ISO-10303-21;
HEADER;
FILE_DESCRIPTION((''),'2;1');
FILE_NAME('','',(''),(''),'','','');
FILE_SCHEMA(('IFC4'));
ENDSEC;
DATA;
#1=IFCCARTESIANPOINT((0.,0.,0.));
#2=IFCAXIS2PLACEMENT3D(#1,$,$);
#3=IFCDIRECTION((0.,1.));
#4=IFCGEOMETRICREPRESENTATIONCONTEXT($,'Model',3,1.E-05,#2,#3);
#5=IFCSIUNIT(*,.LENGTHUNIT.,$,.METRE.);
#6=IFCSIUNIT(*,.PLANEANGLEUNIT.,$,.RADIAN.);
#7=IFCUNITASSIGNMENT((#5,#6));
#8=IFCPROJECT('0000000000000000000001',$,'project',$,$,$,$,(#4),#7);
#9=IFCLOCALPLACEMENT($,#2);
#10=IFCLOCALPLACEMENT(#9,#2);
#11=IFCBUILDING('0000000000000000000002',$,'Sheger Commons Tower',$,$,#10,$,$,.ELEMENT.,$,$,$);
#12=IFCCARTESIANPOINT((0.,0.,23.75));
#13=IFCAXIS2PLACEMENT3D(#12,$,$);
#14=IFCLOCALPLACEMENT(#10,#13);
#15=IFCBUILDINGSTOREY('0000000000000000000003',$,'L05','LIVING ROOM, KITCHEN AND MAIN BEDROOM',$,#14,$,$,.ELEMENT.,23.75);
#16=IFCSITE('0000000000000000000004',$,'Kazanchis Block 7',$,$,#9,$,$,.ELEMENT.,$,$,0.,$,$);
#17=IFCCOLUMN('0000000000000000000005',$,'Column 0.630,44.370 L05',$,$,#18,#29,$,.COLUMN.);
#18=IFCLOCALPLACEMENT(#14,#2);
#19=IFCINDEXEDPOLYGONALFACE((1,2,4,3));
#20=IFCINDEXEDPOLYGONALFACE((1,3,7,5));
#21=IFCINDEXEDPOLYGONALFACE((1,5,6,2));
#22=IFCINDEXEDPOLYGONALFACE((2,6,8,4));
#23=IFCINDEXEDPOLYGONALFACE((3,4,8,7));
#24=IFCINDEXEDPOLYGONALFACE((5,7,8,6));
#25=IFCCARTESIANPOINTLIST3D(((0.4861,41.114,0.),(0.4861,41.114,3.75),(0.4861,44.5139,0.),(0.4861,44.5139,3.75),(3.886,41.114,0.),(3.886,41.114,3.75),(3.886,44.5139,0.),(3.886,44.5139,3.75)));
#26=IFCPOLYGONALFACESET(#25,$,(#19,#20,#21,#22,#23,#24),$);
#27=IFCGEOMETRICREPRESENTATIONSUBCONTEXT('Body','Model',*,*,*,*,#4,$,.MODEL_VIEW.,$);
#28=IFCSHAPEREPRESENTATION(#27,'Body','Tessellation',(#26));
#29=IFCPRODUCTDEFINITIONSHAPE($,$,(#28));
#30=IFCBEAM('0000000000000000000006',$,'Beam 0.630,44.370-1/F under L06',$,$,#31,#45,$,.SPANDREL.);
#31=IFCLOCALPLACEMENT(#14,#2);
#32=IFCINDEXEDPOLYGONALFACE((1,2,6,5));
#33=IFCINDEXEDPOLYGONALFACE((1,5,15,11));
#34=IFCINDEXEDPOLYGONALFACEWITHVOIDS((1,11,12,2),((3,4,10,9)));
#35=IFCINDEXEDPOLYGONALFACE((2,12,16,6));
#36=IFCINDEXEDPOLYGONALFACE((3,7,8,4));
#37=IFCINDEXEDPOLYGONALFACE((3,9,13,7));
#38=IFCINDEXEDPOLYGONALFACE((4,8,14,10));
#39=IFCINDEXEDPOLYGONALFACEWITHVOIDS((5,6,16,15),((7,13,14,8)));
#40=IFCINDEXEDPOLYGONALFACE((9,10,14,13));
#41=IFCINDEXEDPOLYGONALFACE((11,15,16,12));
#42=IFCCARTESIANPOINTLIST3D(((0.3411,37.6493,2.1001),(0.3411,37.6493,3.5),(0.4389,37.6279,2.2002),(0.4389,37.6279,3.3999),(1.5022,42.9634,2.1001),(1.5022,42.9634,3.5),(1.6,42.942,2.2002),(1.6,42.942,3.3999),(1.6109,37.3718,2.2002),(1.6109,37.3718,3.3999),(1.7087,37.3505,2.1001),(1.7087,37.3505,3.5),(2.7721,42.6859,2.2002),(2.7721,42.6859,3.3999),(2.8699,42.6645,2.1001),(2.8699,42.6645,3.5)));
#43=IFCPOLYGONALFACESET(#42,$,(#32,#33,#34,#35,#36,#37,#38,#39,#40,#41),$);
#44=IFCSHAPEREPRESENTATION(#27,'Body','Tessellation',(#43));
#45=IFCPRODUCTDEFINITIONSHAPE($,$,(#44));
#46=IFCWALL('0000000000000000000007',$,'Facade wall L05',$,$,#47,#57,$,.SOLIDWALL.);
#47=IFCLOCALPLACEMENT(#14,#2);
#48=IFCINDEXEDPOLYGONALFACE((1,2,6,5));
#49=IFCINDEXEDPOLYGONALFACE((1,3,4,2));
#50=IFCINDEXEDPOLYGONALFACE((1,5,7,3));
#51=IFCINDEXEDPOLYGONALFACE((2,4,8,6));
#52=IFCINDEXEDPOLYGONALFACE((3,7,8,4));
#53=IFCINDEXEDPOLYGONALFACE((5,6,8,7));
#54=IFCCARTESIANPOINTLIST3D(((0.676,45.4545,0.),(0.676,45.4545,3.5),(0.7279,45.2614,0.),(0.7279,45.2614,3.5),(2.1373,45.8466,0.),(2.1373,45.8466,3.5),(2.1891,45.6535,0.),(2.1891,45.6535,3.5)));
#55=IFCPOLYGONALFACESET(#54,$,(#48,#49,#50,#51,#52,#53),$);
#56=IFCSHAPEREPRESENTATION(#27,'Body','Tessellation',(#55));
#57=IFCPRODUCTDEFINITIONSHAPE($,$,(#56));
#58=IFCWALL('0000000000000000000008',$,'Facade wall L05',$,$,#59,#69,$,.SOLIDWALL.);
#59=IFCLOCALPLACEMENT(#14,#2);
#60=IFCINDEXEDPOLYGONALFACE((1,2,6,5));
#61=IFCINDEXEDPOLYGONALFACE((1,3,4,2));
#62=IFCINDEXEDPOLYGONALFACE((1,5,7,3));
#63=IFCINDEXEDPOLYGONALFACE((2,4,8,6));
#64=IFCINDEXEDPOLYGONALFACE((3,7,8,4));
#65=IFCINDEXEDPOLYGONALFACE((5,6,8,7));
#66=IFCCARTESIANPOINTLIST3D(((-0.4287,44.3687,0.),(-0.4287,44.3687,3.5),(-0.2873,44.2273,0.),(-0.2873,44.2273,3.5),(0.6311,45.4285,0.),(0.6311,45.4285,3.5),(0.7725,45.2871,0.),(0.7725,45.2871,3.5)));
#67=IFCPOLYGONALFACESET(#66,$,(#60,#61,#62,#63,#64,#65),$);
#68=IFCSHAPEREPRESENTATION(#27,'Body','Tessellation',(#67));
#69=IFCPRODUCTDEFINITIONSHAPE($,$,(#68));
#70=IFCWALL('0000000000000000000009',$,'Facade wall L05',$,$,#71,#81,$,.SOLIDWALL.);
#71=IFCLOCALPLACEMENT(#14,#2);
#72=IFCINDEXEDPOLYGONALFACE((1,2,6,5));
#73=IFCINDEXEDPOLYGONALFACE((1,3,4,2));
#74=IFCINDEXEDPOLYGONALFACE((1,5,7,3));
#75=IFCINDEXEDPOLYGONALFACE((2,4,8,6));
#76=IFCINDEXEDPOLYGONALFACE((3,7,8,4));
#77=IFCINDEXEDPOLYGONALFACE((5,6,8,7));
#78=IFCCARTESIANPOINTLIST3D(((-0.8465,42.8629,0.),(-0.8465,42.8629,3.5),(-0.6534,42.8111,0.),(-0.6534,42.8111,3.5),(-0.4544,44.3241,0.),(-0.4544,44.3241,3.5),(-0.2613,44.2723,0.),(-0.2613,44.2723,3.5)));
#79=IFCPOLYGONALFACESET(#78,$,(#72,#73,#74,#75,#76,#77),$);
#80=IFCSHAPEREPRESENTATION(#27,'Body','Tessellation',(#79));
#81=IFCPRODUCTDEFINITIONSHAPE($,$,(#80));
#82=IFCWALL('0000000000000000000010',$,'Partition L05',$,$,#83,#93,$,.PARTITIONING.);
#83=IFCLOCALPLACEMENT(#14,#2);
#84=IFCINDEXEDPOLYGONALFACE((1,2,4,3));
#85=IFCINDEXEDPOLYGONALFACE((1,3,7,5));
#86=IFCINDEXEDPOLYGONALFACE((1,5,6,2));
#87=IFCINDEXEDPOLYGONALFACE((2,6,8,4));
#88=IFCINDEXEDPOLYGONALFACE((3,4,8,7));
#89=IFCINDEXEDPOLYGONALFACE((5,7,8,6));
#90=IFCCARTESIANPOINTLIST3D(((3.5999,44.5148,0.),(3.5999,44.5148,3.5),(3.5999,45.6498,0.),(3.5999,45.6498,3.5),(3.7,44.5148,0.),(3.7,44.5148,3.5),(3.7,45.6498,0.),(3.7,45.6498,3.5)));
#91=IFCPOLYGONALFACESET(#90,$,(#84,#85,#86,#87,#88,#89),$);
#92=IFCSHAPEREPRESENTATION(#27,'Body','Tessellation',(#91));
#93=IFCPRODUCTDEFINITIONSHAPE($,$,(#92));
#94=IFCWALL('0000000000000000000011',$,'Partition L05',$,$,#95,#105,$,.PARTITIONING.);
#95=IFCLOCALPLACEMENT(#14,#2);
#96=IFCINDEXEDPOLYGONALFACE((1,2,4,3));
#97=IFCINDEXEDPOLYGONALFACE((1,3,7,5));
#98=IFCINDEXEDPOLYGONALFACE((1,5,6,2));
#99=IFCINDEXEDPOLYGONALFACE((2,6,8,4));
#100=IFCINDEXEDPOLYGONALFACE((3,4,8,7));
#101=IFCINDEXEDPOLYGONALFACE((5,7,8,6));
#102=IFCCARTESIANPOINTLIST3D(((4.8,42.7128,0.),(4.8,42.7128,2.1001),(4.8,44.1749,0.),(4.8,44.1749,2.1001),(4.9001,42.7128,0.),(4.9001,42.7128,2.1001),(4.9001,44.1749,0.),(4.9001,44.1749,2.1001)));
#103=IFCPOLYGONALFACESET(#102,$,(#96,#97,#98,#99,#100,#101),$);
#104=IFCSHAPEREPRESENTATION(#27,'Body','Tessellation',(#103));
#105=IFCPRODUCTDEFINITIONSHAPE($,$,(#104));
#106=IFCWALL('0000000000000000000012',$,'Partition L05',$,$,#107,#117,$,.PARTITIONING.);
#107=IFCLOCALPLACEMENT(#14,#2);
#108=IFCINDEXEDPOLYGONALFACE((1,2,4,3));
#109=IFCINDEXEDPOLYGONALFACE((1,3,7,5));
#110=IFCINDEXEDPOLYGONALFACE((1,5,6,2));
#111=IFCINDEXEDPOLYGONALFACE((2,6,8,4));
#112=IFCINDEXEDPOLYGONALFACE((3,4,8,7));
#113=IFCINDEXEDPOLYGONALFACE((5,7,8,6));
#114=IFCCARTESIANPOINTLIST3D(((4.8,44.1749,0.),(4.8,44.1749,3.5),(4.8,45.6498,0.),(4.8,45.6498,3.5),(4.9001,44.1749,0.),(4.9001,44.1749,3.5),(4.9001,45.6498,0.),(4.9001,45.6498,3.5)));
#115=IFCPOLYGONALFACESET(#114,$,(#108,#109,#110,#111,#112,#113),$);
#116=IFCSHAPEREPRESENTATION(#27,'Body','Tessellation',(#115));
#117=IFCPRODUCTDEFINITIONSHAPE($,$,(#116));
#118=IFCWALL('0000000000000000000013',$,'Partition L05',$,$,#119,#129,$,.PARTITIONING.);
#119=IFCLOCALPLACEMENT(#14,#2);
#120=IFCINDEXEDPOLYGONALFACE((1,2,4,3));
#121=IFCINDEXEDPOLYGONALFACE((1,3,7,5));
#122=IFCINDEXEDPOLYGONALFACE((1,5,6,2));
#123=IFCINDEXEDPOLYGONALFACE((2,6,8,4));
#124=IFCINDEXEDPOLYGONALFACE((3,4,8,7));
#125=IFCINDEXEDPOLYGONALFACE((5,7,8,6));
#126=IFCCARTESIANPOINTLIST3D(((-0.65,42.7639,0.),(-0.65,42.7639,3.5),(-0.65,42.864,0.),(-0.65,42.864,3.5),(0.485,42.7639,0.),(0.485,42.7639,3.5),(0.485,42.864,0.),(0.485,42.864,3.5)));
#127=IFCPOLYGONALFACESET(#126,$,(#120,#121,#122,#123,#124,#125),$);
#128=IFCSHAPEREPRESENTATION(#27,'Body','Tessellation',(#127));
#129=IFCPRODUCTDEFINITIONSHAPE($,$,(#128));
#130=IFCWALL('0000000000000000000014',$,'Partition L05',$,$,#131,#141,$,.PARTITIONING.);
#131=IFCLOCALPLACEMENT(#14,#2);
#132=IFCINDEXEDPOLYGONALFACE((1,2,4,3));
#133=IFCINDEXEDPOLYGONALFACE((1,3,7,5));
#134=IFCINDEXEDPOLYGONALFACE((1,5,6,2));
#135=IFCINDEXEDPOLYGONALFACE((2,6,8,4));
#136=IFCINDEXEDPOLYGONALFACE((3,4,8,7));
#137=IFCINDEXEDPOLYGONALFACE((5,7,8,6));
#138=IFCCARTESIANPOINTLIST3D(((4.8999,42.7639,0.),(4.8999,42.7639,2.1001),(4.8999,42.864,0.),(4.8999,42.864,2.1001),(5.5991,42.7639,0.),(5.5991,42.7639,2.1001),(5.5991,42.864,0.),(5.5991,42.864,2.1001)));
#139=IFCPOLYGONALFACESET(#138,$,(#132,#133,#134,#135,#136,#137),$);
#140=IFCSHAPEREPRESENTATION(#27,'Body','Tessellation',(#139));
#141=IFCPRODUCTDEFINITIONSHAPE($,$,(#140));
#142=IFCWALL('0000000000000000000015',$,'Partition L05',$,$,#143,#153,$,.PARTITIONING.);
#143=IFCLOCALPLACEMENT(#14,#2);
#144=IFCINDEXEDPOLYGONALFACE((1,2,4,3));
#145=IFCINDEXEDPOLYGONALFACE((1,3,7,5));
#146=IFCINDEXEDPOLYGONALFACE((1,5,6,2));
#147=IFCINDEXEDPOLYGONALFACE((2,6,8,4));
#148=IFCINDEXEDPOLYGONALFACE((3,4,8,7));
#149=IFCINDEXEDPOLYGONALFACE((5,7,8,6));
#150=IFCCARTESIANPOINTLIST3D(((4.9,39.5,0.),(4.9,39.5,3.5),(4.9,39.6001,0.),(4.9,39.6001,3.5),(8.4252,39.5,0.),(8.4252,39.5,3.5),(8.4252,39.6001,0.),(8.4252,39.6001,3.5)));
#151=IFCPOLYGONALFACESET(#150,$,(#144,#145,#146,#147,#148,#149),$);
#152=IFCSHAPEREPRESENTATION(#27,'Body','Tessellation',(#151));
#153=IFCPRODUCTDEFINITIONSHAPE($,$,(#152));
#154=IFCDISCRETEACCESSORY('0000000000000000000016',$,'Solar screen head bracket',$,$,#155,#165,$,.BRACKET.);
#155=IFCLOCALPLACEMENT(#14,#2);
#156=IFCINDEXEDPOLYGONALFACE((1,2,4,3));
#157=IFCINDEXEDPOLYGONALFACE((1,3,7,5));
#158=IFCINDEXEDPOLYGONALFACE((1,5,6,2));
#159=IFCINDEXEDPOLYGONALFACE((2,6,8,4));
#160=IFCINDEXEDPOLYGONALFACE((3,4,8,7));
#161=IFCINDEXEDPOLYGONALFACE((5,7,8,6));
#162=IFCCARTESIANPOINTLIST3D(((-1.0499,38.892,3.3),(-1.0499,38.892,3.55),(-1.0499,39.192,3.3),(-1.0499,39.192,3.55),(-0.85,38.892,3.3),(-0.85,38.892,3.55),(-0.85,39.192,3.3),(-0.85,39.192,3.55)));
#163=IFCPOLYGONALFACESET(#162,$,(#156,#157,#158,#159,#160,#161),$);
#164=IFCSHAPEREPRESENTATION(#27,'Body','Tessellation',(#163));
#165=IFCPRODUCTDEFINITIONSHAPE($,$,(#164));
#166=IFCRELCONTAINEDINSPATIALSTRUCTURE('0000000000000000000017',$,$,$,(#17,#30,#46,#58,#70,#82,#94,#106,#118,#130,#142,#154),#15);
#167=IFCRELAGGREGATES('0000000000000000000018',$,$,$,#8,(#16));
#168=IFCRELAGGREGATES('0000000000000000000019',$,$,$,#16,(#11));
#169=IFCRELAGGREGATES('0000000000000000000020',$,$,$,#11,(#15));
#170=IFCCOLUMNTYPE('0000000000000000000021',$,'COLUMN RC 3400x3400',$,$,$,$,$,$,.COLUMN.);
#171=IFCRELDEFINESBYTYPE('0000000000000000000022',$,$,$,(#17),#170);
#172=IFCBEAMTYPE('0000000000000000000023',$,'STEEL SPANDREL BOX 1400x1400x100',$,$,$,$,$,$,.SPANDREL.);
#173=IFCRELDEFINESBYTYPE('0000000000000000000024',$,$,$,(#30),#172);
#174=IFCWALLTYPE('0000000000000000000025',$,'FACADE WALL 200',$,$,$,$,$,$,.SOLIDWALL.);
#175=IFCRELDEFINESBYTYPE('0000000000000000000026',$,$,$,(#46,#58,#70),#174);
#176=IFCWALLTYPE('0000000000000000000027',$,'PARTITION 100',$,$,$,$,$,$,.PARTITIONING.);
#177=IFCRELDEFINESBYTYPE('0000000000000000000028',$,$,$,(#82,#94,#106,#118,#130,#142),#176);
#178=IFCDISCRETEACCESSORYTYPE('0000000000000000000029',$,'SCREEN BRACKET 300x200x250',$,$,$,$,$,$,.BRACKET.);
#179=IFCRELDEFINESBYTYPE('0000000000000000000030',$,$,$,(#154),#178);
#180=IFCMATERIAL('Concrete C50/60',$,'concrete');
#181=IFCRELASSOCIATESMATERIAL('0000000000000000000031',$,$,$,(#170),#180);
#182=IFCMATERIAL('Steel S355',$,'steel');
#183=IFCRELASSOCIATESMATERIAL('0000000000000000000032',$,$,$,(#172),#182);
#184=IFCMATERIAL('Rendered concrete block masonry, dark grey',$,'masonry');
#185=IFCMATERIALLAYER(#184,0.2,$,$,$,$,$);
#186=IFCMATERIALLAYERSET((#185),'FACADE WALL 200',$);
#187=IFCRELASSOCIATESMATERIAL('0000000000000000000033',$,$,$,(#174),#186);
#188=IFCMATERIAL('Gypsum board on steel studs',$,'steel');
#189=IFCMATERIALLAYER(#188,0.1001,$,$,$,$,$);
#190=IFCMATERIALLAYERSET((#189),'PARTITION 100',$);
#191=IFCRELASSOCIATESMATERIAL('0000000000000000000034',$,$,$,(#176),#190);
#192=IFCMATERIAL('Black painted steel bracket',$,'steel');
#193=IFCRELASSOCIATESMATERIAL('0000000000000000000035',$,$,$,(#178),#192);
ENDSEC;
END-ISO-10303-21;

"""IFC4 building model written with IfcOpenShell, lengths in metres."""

from ifc_helpers import new_model, si_unit, direction, frame, frame_2d, origin, origin_2d, place, context, subcontext, project, spatial, rectangle, hollow_rectangle, extrude, material, layer, layer_set, material_profile, profile_set, type_object, element, save


model = new_model("IFC4")

# Units and contexts
model_context = context("Model", 3, precision=1e-05, world=origin(), true_north=direction((0.0, 1.0)))
body_context = subcontext(model_context, "Body", "Model", "MODEL_VIEW")
ifc_project = project(units=[si_unit("LENGTHUNIT", "METRE"), si_unit("PLANEANGLEUNIT", "RADIAN")], contexts=[model_context])

# Site, building, storey
site_placement = place(None, origin())
site = spatial("IfcSite", under=ifc_project, at=site_placement, Name="Kazanchis Block 7", CompositionType="ELEMENT", RefElevation=0.0)
building_placement = place(site_placement, origin())
building = spatial("IfcBuilding", under=site, at=building_placement, Name="Sheger Commons Tower", CompositionType="ELEMENT")
storey_placement = place(building_placement, frame((0.0, 0.0, 23.75)))
storey = spatial("IfcBuildingStorey", under=building, at=storey_placement, Name="L05", Description="LIVING ROOM, KITCHEN AND MAIN BEDROOM", CompositionType="ELEMENT", Elevation=23.75)

# Column
ifc_material_1 = material(Name="Concrete C50/60", Category="concrete")
ifc_material_profile_1 = material_profile(ifc_material_1, rectangle(XDim=3.3999, YDim=3.3999, at=origin_2d()), Name="RC 3400x3400")
ifc_profile_set_1 = profile_set([ifc_material_profile_1], Name="Concrete C50/60")
column_type = type_object("IfcColumnType", Name="COLUMN RC 3400x3400", PredefinedType="COLUMN", material=ifc_profile_set_1)
column_placement = place(storey_placement, frame((2.186, 42.814, 0.0), z_axis=(0.0, 0.0, 1.0), x_axis=(1.0, 0.0, 0.0)))
element("IfcColumn", 1, at=column_placement, inside=storey, type_object=column_type, Name="Column 0.630,44.370 L05", PredefinedType="COLUMN", context=body_context, shape_type="SweptSolid", body=[
    extrude(rectangle(XDim=3.3999, YDim=3.3999, at=origin_2d()), origin(), (0.0, 0.0, 1.0), 3.75),
])

# Beam
ifc_material_2 = material(Name="Steel S355", Category="steel")
ifc_material_profile_2 = material_profile(ifc_material_2, hollow_rectangle(XDim=1.3999, YDim=1.3999, WallThickness=0.1001, at=origin_2d()), Name="BOX 1400x1400x100")
ifc_profile_set_2 = profile_set([ifc_material_profile_2], Name="Steel S355")
beam_type = type_object("IfcBeamType", Name="STEEL SPANDREL BOX 1400x1400x100", PredefinedType="SPANDREL", material=ifc_profile_set_2)
beam_placement = place(storey_placement, frame((2.186, 42.814, 2.8), z_axis=(-0.213469, -0.97695, 0.0), x_axis=(0.97695, -0.213469, 0.0)))
element("IfcBeam", 2, at=beam_placement, inside=storey, type_object=beam_type, Name="Beam 0.630,44.370-1/F under L06", PredefinedType="SPANDREL", context=body_context, shape_type="SweptSolid", body=[
    extrude(hollow_rectangle(XDim=1.3999, YDim=1.3999, WallThickness=0.1001, at=origin_2d()), origin(), (0.0, 0.0, 1.0), 5.4395),
])

# Walls
ifc_material_3 = material(Name="Rendered concrete block masonry, dark grey", Category="masonry")
ifc_layer_1 = layer(ifc_material_3, 0.2)
ifc_layer_set_1 = layer_set([ifc_layer_1], Name="FACADE WALL 200")
wall_type_1 = type_object("IfcWallType", Name="FACADE WALL 200", PredefinedType="SOLIDWALL", material=ifc_layer_set_1)
wall_1_placement = place(storey_placement, frame((2.1631, 45.75, 0.0), z_axis=(0.0, 0.0, 1.0), x_axis=(-0.965832, -0.259169, 0.0)))
element("IfcWall", 3, at=wall_1_placement, inside=storey, type_object=wall_type_1, Name="Facade wall L05", PredefinedType="SOLIDWALL", context=body_context, shape_type="SweptSolid", body=[
    extrude(rectangle(XDim=1.5129, YDim=0.2, at=frame_2d((0.7563, 0.0))), origin(), (0.0, 0.0, 1.0), 3.5),
])
wall_2_placement = place(storey_placement, frame((0.7019, 45.3579, 0.0), z_axis=(0.0, 0.0, 1.0), x_axis=(-0.707107, -0.707107, 0.0)))
element("IfcWall", 4, at=wall_2_placement, inside=storey, type_object=wall_type_1, Name="Facade wall L05", PredefinedType="SOLIDWALL", context=body_context, shape_type="SweptSolid", body=[
    extrude(rectangle(XDim=1.4988, YDim=0.2, at=frame_2d((0.7495, 0.0))), origin(), (0.0, 0.0, 1.0), 3.5),
])
wall_3_placement = place(storey_placement, frame((-0.3579, 44.2981, 0.0), z_axis=(0.0, 0.0, 1.0), x_axis=(-0.259169, -0.965832, 0.0)))
element("IfcWall", 5, at=wall_3_placement, inside=storey, type_object=wall_type_1, Name="Facade wall L05", PredefinedType="SOLIDWALL", context=body_context, shape_type="SweptSolid", body=[
    extrude(rectangle(XDim=1.5129, YDim=0.2, at=frame_2d((0.7563, 0.0))), origin(), (0.0, 0.0, 1.0), 3.5),
])

# Walls
ifc_material_4 = material(Name="Gypsum board on steel studs", Category="steel")
ifc_layer_2 = layer(ifc_material_4, 0.1001)
ifc_layer_set_2 = layer_set([ifc_layer_2], Name="PARTITION 100")
wall_type_2 = type_object("IfcWallType", Name="PARTITION 100", PredefinedType="PARTITIONING", material=ifc_layer_set_2)
wall_4_placement = place(storey_placement, frame((3.6499, 44.5149, 0.0), z_axis=(0.0, 0.0, 1.0), x_axis=(0.0, 1.0, 0.0)))
element("IfcWall", 6, at=wall_4_placement, inside=storey, type_object=wall_type_2, Name="Partition L05", PredefinedType="PARTITIONING", context=body_context, shape_type="SweptSolid", body=[
    extrude(rectangle(XDim=1.135, YDim=0.1001, at=frame_2d((0.5674, 0.0))), origin(), (0.0, 0.0, 1.0), 3.5),
])
wall_5_placement = place(storey_placement, frame((4.8501, 42.7129, 0.0), z_axis=(0.0, 0.0, 1.0), x_axis=(0.0, 1.0, 0.0)))
element("IfcWall", 7, at=wall_5_placement, inside=storey, type_object=wall_type_2, Name="Partition L05", PredefinedType="PARTITIONING", context=body_context, shape_type="SweptSolid", body=[
    extrude(rectangle(XDim=1.4622, YDim=0.1001, at=frame_2d((0.731, 0.0))), origin(), (0.0, 0.0, 1.0), 2.1001),
])
wall_6_placement = place(storey_placement, frame((4.8501, 44.175, 0.0), z_axis=(0.0, 0.0, 1.0), x_axis=(0.0, 1.0, 0.0)))
element("IfcWall", 8, at=wall_6_placement, inside=storey, type_object=wall_type_2, Name="Partition L05", PredefinedType="PARTITIONING", context=body_context, shape_type="SweptSolid", body=[
    extrude(rectangle(XDim=1.4749, YDim=0.1001, at=frame_2d((0.7373, 0.0))), origin(), (0.0, 0.0, 1.0), 3.5),
])
wall_7_placement = place(storey_placement, frame((-0.6499, 42.814, 0.0), z_axis=(0.0, 0.0, 1.0), x_axis=(1.0, 0.0, 0.0)))
element("IfcWall", 9, at=wall_7_placement, inside=storey, type_object=wall_type_2, Name="Partition L05", PredefinedType="PARTITIONING", context=body_context, shape_type="SweptSolid", body=[
    extrude(rectangle(XDim=1.135, YDim=0.1001, at=frame_2d((0.5674, 0.0))), origin(), (0.0, 0.0, 1.0), 3.5),
])
wall_8_placement = place(storey_placement, frame((4.8999, 42.814, 0.0), z_axis=(0.0, 0.0, 1.0), x_axis=(1.0, 0.0, 0.0)))
element("IfcWall", 10, at=wall_8_placement, inside=storey, type_object=wall_type_2, Name="Partition L05", PredefinedType="PARTITIONING", context=body_context, shape_type="SweptSolid", body=[
    extrude(rectangle(XDim=0.6992, YDim=0.1001, at=frame_2d((0.3496, 0.0))), origin(), (0.0, 0.0, 1.0), 2.1001),
])
wall_9_placement = place(storey_placement, frame((4.8999, 39.55, 0.0), z_axis=(0.0, 0.0, 1.0), x_axis=(1.0, 0.0, 0.0)))
element("IfcWall", 11, at=wall_9_placement, inside=storey, type_object=wall_type_2, Name="Partition L05", PredefinedType="PARTITIONING", context=body_context, shape_type="SweptSolid", body=[
    extrude(rectangle(XDim=3.5251, YDim=0.1001, at=frame_2d((1.7627, 0.0))), origin(), (0.0, 0.0, 1.0), 3.5),
])

# Discrete accessory
ifc_material_5 = material(Name="Black painted steel bracket", Category="steel")
discrete_accessory_type = type_object("IfcDiscreteAccessoryType", Name="SCREEN BRACKET 300x200x250", PredefinedType="BRACKET", material=ifc_material_5)
discrete_accessory_placement = place(storey_placement, frame((-0.95, 39.042, 3.3), z_axis=(0.0, 0.0, 1.0), x_axis=(0.0, -1.0, 0.0)))
element("IfcDiscreteAccessory", 12, at=discrete_accessory_placement, inside=storey, type_object=discrete_accessory_type, Name="Solar screen head bracket", PredefinedType="BRACKET", context=body_context, shape_type="SweptSolid", body=[
    extrude(rectangle(XDim=0.3, YDim=0.2, at=origin_2d()), origin(), (0.0, 0.0, 1.0), 0.25),
])

save(model, "model.ifc")
